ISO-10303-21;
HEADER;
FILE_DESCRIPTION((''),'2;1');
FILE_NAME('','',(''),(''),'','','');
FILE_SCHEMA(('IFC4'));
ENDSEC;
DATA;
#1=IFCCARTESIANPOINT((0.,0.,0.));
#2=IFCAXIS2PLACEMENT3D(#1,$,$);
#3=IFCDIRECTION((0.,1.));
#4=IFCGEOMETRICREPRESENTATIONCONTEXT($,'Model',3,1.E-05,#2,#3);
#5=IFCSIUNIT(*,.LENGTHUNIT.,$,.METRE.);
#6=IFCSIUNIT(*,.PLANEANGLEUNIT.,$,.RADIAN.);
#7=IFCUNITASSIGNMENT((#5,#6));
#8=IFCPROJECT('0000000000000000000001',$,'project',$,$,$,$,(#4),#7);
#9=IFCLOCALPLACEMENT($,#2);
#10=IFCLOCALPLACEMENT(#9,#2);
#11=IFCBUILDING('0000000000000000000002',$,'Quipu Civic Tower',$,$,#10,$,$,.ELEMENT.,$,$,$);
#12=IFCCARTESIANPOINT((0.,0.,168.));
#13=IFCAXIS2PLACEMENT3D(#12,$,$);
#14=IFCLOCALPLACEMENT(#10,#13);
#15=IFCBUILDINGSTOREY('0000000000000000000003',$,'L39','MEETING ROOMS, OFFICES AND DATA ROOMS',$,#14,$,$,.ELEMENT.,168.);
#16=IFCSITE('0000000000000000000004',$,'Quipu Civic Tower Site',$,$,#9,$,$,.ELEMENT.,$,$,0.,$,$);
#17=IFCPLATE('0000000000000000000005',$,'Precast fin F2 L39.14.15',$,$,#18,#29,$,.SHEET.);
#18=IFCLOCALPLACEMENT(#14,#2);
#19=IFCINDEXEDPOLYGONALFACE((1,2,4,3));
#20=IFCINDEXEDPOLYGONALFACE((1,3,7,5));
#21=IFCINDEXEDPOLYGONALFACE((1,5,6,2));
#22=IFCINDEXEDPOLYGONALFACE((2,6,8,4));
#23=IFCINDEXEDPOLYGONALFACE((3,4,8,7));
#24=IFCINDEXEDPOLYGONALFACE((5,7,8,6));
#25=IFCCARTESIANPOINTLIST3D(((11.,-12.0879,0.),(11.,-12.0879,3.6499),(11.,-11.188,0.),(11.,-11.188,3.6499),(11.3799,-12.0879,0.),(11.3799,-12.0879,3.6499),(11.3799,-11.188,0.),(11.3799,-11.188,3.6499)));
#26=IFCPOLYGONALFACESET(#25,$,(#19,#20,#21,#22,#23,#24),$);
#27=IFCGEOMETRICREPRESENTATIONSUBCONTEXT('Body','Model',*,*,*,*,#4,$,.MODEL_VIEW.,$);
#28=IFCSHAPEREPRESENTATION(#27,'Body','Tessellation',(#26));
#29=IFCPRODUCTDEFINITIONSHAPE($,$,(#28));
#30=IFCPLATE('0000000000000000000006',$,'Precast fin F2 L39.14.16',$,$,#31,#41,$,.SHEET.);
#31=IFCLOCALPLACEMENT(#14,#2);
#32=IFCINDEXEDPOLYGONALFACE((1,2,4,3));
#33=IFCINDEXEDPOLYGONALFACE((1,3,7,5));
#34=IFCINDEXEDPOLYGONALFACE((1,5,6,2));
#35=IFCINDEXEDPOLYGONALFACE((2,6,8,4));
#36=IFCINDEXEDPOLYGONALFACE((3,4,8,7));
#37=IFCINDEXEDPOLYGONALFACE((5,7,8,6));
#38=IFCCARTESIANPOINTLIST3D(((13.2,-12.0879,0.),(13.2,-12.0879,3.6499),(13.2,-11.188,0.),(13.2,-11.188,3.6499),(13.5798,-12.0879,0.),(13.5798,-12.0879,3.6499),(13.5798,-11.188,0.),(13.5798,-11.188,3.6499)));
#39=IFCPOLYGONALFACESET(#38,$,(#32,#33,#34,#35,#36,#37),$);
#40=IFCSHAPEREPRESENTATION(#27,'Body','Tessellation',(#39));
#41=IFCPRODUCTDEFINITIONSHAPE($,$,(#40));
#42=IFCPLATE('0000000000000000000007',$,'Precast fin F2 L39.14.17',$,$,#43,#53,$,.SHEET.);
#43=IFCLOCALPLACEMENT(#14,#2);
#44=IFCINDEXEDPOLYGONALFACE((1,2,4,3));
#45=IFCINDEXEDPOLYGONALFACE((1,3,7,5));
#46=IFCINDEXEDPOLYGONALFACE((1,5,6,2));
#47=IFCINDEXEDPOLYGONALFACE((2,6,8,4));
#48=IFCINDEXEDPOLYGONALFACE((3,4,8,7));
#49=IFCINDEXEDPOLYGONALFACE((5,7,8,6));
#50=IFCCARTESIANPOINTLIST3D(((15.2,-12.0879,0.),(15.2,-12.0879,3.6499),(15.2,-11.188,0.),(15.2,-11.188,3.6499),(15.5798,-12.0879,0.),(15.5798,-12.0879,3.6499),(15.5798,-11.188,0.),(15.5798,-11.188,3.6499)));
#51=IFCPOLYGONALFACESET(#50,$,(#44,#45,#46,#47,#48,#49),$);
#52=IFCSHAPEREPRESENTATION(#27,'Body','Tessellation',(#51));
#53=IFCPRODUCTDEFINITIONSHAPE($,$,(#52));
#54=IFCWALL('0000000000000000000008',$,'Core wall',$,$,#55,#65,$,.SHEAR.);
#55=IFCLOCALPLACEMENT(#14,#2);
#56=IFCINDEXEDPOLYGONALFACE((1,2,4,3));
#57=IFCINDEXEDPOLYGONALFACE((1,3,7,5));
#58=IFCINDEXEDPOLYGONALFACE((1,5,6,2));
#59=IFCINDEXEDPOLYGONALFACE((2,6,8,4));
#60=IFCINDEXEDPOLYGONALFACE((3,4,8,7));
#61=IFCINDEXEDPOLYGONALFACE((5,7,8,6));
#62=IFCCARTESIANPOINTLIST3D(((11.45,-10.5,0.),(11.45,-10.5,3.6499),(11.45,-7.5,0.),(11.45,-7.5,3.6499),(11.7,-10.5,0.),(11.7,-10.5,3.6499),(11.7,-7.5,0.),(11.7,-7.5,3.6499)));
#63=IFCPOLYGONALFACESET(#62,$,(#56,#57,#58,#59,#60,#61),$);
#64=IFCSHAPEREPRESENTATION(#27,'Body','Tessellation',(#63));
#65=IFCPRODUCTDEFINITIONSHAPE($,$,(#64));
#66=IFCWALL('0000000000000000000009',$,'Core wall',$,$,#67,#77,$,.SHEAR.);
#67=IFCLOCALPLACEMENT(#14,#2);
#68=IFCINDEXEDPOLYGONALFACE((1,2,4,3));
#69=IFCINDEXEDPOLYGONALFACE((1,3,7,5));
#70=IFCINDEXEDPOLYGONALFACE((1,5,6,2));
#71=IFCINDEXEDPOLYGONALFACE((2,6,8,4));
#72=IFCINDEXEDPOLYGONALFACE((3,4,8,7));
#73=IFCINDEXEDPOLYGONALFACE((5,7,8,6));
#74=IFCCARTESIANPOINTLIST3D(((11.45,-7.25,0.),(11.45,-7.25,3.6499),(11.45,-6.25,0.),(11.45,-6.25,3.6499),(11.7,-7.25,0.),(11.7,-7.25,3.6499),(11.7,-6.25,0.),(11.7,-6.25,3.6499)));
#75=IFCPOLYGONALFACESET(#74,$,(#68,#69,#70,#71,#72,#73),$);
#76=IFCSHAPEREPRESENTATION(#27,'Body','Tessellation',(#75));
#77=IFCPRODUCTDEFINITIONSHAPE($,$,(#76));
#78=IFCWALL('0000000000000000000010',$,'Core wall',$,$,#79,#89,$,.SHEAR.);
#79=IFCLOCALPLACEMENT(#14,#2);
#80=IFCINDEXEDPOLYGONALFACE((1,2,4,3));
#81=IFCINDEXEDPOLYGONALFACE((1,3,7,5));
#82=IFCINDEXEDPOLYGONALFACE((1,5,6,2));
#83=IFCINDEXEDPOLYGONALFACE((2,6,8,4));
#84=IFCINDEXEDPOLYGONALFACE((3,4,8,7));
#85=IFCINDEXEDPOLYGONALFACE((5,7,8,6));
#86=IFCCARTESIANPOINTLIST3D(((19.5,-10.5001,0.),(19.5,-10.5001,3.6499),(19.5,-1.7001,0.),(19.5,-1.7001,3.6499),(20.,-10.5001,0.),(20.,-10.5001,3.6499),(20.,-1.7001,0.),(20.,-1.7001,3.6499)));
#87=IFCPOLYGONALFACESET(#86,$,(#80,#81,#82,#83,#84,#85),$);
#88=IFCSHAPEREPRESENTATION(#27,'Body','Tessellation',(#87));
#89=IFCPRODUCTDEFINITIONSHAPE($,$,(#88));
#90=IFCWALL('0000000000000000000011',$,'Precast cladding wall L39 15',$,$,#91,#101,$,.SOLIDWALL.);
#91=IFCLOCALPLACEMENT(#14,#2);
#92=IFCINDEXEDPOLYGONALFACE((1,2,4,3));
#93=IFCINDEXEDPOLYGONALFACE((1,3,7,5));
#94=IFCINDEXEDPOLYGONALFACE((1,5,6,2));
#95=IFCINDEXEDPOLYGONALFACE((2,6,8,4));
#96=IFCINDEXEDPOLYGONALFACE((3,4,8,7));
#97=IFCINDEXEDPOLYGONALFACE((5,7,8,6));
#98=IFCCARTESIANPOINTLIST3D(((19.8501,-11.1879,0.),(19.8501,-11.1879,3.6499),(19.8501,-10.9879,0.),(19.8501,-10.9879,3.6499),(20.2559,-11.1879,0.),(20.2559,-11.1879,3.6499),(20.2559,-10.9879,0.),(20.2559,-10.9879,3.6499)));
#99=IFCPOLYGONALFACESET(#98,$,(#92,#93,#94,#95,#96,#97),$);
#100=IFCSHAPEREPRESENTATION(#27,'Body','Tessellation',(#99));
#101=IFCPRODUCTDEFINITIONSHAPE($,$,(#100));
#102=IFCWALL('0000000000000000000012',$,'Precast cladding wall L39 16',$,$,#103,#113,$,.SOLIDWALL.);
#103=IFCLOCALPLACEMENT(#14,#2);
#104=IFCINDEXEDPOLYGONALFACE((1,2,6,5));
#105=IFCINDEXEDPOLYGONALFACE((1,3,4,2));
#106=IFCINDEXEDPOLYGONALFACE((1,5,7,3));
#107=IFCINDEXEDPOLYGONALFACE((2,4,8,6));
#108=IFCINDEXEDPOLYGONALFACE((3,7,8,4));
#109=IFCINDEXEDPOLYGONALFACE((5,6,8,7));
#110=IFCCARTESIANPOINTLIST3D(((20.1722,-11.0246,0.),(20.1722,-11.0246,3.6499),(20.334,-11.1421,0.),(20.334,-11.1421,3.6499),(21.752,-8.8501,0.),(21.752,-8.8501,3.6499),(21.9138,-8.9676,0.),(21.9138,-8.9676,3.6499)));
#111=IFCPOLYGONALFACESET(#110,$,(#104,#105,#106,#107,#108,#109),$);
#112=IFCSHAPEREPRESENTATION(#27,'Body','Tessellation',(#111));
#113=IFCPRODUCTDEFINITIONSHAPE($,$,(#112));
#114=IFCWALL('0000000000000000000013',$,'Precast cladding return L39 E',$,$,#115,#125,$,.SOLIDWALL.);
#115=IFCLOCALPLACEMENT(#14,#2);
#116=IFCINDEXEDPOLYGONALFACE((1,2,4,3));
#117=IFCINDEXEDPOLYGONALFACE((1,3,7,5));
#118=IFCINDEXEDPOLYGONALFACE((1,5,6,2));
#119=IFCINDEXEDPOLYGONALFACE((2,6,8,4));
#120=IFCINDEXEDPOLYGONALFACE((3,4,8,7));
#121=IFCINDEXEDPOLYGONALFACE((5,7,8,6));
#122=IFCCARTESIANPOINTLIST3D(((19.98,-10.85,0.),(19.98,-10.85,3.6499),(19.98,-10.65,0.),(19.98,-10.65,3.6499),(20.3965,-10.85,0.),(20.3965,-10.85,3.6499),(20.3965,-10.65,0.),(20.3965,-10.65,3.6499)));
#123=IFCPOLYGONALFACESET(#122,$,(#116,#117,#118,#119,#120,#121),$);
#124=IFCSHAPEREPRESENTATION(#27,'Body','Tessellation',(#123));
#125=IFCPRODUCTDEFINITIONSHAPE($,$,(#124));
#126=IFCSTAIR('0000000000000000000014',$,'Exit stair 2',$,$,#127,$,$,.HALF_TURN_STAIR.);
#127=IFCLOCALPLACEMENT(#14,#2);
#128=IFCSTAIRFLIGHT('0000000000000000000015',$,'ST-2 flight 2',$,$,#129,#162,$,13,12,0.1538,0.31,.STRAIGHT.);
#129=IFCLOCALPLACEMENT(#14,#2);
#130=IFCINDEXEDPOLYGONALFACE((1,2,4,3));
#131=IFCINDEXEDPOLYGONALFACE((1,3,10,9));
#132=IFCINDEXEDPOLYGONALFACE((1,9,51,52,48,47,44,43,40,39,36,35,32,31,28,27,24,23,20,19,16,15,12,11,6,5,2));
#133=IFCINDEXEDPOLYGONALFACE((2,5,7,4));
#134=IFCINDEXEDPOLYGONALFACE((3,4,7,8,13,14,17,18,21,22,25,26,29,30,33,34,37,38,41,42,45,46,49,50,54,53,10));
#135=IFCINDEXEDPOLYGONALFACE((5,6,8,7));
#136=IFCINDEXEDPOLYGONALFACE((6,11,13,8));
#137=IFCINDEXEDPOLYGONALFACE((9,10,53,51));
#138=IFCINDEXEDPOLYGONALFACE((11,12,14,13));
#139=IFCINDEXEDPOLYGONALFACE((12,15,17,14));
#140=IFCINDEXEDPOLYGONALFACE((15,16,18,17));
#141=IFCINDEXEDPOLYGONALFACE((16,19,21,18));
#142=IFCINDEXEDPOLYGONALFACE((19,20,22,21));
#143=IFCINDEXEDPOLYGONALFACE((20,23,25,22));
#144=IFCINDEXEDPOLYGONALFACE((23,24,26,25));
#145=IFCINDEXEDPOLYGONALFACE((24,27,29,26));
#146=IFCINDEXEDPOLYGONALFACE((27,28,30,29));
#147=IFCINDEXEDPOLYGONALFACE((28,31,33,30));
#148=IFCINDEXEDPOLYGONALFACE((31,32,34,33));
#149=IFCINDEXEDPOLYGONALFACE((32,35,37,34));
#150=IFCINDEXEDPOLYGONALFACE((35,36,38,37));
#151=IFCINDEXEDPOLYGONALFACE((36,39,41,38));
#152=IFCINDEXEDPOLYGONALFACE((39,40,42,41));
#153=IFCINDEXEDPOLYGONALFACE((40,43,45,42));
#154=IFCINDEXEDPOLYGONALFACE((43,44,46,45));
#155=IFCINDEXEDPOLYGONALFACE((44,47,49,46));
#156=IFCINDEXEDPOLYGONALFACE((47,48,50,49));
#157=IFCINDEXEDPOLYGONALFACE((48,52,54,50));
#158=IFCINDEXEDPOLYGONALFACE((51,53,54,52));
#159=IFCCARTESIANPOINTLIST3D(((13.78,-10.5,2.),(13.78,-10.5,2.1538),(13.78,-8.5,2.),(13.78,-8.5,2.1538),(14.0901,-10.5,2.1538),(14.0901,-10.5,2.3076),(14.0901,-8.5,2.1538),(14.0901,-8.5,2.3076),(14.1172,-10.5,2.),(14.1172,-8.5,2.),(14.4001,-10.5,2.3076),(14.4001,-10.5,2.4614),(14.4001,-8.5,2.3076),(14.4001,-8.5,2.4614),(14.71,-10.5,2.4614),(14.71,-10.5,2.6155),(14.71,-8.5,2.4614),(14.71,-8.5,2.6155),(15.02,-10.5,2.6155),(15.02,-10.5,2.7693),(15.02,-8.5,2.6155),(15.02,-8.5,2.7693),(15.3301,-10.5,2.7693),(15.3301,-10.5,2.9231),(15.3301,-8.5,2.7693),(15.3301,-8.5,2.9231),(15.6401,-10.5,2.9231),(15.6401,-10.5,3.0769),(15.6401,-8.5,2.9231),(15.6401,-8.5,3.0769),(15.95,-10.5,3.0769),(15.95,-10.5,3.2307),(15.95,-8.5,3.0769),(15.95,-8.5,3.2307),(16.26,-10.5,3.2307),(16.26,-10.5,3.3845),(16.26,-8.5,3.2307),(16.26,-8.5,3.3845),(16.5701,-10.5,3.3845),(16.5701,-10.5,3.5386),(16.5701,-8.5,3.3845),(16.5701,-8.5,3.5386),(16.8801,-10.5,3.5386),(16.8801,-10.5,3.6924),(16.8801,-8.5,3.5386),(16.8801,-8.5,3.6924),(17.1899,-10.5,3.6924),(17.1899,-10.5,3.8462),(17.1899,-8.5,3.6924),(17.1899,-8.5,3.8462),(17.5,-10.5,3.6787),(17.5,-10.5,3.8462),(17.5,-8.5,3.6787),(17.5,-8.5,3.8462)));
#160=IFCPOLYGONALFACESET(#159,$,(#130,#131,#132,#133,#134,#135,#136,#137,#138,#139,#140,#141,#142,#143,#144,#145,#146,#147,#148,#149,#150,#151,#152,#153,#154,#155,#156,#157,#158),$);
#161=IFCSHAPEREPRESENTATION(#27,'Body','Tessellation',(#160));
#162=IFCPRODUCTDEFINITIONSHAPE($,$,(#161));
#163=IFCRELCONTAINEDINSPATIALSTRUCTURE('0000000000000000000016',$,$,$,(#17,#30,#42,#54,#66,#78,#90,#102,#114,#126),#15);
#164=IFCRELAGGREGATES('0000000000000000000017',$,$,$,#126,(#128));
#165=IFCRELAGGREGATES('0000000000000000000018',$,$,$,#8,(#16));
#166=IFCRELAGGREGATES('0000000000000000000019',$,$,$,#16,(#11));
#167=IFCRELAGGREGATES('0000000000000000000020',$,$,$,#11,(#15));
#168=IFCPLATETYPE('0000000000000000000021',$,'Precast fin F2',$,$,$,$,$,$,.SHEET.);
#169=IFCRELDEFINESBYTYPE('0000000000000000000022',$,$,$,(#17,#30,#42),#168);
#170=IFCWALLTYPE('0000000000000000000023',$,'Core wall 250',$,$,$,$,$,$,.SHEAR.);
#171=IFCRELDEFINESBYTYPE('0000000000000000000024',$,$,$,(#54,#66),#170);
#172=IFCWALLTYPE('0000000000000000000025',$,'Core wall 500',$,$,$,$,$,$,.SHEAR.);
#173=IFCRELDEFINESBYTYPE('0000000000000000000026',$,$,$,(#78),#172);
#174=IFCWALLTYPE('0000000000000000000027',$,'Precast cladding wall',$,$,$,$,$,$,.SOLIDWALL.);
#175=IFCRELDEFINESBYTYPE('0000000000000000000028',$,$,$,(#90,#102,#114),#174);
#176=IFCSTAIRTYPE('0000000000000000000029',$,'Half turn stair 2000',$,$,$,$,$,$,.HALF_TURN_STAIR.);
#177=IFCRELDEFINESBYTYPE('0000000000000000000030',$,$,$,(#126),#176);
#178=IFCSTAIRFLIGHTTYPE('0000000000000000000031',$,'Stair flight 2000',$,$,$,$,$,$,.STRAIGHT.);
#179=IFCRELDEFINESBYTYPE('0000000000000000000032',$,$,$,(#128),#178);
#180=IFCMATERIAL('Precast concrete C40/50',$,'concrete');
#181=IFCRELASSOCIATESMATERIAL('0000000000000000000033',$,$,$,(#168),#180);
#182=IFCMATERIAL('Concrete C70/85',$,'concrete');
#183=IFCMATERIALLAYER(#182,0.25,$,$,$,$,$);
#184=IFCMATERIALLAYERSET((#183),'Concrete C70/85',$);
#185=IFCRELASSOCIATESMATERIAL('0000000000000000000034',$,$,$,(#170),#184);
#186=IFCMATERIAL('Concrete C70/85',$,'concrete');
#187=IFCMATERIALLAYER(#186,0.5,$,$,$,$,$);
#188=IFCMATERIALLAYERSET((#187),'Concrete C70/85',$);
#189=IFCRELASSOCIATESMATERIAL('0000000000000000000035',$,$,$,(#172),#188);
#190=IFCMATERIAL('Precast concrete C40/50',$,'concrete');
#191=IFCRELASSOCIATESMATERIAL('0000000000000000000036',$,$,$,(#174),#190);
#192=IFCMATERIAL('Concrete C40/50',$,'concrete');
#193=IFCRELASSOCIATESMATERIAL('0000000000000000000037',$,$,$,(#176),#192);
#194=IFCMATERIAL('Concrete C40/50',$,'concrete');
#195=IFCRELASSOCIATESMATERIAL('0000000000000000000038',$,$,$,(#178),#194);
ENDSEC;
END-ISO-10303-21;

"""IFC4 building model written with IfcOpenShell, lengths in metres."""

from ifc_helpers import new_model, si_unit, direction, frame, frame_2d, origin, origin_2d, place, context, subcontext, project, spatial, polyline, rectangle, outline, extrude, material, layer, layer_set, type_object, element, aggregate, save


model = new_model("IFC4")

# Units and contexts
model_context = context("Model", 3, precision=1e-05, world=origin(), true_north=direction((0.0, 1.0)))
body_context = subcontext(model_context, "Body", "Model", "MODEL_VIEW")
ifc_project = project(units=[si_unit("LENGTHUNIT", "METRE"), si_unit("PLANEANGLEUNIT", "RADIAN")], contexts=[model_context])

# Site, building, storey
site_placement = place(None, origin())
site = spatial("IfcSite", under=ifc_project, at=site_placement, Name="Quipu Civic Tower Site", CompositionType="ELEMENT", RefElevation=0.0)
building_placement = place(site_placement, origin())
building = spatial("IfcBuilding", under=site, at=building_placement, Name="Quipu Civic Tower", CompositionType="ELEMENT")
storey_placement = place(building_placement, frame((0.0, 0.0, 168.0)))
storey = spatial("IfcBuildingStorey", under=building, at=storey_placement, Name="L39", Description="MEETING ROOMS, OFFICES AND DATA ROOMS", CompositionType="ELEMENT", Elevation=168.0)

# Plates
ifc_material_1 = material(Name="Precast concrete C40/50", Category="concrete")
plate_type = type_object("IfcPlateType", Name="Precast fin F2", PredefinedType="SHEET", material=ifc_material_1)
for number, where, z_axis, x_axis, name in (
    (1, (11.1899, -11.6379, 0.0), (0.0, 0.0, 1.0), (1.0, 0.0, 0.0), "Precast fin F2 L39.14.15"),
    (2, (13.3899, -11.6379, 0.0), (0.0, 0.0, 1.0), (1.0, 0.0, 0.0), "Precast fin F2 L39.14.16"),
    (3, (15.3899, -11.6379, 0.0), (0.0, 0.0, 1.0), (1.0, 0.0, 0.0), "Precast fin F2 L39.14.17"),
):
    element("IfcPlate", number, at=place(storey_placement, frame(where, z_axis=z_axis, x_axis=x_axis)), inside=storey, type_object=plate_type, Name=name, PredefinedType="SHEET", context=body_context, shape_type="SweptSolid", body=[
        extrude(rectangle(XDim=0.3799, YDim=0.8999, at=origin_2d()), origin(), (0.0, 0.0, 1.0), 3.6499),
    ])

# Wall
ifc_material_2 = material(Name="Concrete C70/85", Category="concrete")
ifc_layer_1 = layer(ifc_material_2, 0.25)
ifc_layer_set_1 = layer_set([ifc_layer_1], Name="Concrete C70/85")
wall_type_1 = type_object("IfcWallType", Name="Core wall 250", PredefinedType="SHEAR", material=ifc_layer_set_1)
wall_1_placement = place(storey_placement, frame((11.575, -10.5, 0.0), z_axis=(0.0, 0.0, 1.0), x_axis=(0.0, 1.0, 0.0)))
element("IfcWall", 4, at=wall_1_placement, inside=storey, type_object=wall_type_1, Name="Core wall", PredefinedType="SHEAR", context=body_context, shape_type="SweptSolid", body=[
    extrude(rectangle(XDim=3.0, YDim=0.25, at=frame_2d((1.5, 0.0))), origin(), (0.0, 0.0, 1.0), 3.6499),
])

# Walls
wall_2_placement = place(storey_placement, frame((11.575, -7.25, 0.0), z_axis=(0.0, 0.0, 1.0), x_axis=(0.0, 1.0, 0.0)))
element("IfcWall", 5, at=wall_2_placement, inside=storey, type_object=wall_type_1, Name="Core wall", PredefinedType="SHEAR", context=body_context, shape_type="SweptSolid", body=[
    extrude(rectangle(XDim=1.0, YDim=0.25, at=frame_2d((0.5, 0.0))), origin(), (0.0, 0.0, 1.0), 3.6499),
])
ifc_material_3 = material(Name="Concrete C70/85", Category="concrete")
ifc_layer_2 = layer(ifc_material_3, 0.5)
ifc_layer_set_2 = layer_set([ifc_layer_2], Name="Concrete C70/85")
wall_type_2 = type_object("IfcWallType", Name="Core wall 500", PredefinedType="SHEAR", material=ifc_layer_set_2)
wall_3_placement = place(storey_placement, frame((19.75, -10.5, 0.0), z_axis=(0.0, 0.0, 1.0), x_axis=(0.0, 1.0, 0.0)))
element("IfcWall", 6, at=wall_3_placement, inside=storey, type_object=wall_type_2, Name="Core wall", PredefinedType="SHEAR", context=body_context, shape_type="SweptSolid", body=[
    extrude(rectangle(XDim=8.8, YDim=0.5, at=frame_2d((4.3999, 0.0))), origin(), (0.0, 0.0, 1.0), 3.6499),
])
ifc_material_4 = material(Name="Precast concrete C40/50", Category="concrete")
wall_type_3 = type_object("IfcWallType", Name="Precast cladding wall", PredefinedType="SOLIDWALL", material=ifc_material_4)
wall_4_placement = place(storey_placement, frame((19.8501, -11.0879, 0.0), z_axis=(0.0, 0.0, 1.0), x_axis=(1.0, 0.0, 0.0)))
element("IfcWall", 7, at=wall_4_placement, inside=storey, type_object=wall_type_3, Name="Precast cladding wall L39 15", PredefinedType="SOLIDWALL", context=body_context, shape_type="SweptSolid", body=[
    extrude(rectangle(XDim=0.4058, YDim=0.2, at=frame_2d((0.2029, 0.0))), origin(), (0.0, 0.0, 1.0), 3.6499),
])
wall_5_placement = place(storey_placement, frame((20.2532, -11.0833, 0.0), z_axis=(0.0, 0.0, 1.0), x_axis=(0.587767, 0.809031, 0.0)))
element("IfcWall", 8, at=wall_5_placement, inside=storey, type_object=wall_type_3, Name="Precast cladding wall L39 16", PredefinedType="SOLIDWALL", context=body_context, shape_type="SweptSolid", body=[
    extrude(rectangle(XDim=2.6877, YDim=0.2, at=frame_2d((1.3438, 0.0))), origin(), (0.0, 0.0, 1.0), 3.6499),
])
wall_6_placement = place(storey_placement, frame((19.98, -10.75, 0.0), z_axis=(0.0, 0.0, 1.0), x_axis=(1.0, 0.0, 0.0)))
element("IfcWall", 9, at=wall_6_placement, inside=storey, type_object=wall_type_3, Name="Precast cladding return L39 E", PredefinedType="SOLIDWALL", context=body_context, shape_type="SweptSolid", body=[
    extrude(rectangle(XDim=0.4165, YDim=0.2, at=frame_2d((0.2083, 0.0))), origin(), (0.0, 0.0, 1.0), 3.6499),
])

# Stair, stair flight
ifc_material_5 = material(Name="Concrete C40/50", Category="concrete")
stair_type = type_object("IfcStairType", Name="Half turn stair 2000", PredefinedType="HALF_TURN_STAIR", material=ifc_material_5)
stair_placement = place(storey_placement, origin())
stair = element("IfcStair", 10, at=stair_placement, inside=storey, type_object=stair_type, Name="Exit stair 2", PredefinedType="HALF_TURN_STAIR")
ifc_material_6 = material(Name="Concrete C40/50", Category="concrete")
stair_flight_type = type_object("IfcStairFlightType", Name="Stair flight 2000", PredefinedType="STRAIGHT", material=ifc_material_6)
stair_flight_placement = place(storey_placement, frame((13.78, -9.5, 2.0), z_axis=(0.0, 0.0, 1.0), x_axis=(1.0, 0.0, 0.0)))
stair_flight = element("IfcStairFlight", 11, at=stair_flight_placement, type_object=stair_flight_type, Name="ST-2 flight 2", NumberOfRisers=13, NumberOfTreads=12, PredefinedType="STRAIGHT", RiserHeight=0.1538, TreadLength=0.31, context=body_context, shape_type="SweptSolid", body=[
    extrude(outline(polyline([(0.0, 0.0), (0.0, 0.1538), (0.3101, 0.1538), (0.3101, 0.3076), (0.6201, 0.3076), (0.6201, 0.4614), (0.9299, 0.4614), (0.9299, 0.6155), (1.24, 0.6155), (1.24, 0.7693), (1.55, 0.7693), (1.55, 0.9231), (1.8601, 0.9231), (1.8601, 1.0769), (2.1699, 1.0769), (2.1699, 1.2307), (2.48, 1.2307), (2.48, 1.3845), (2.79, 1.3845), (2.79, 1.5386), (3.1001, 1.5386), (3.1001, 1.6924), (3.4099, 1.6924), (3.4099, 1.8462), (3.72, 1.8462), (3.72, 2.0), (3.72, 1.6787), (0.3372, 0.0), (0.0, 0.0)])), frame((0.0, 1.0, 0.0), z_axis=(0.0, -1.0, 0.0), x_axis=(1.0, 0.0, 0.0)), (0.0, 0.0, 1.0), 2.0),
])
aggregate(stair, [stair_flight])

save(model, "model.ifc")
